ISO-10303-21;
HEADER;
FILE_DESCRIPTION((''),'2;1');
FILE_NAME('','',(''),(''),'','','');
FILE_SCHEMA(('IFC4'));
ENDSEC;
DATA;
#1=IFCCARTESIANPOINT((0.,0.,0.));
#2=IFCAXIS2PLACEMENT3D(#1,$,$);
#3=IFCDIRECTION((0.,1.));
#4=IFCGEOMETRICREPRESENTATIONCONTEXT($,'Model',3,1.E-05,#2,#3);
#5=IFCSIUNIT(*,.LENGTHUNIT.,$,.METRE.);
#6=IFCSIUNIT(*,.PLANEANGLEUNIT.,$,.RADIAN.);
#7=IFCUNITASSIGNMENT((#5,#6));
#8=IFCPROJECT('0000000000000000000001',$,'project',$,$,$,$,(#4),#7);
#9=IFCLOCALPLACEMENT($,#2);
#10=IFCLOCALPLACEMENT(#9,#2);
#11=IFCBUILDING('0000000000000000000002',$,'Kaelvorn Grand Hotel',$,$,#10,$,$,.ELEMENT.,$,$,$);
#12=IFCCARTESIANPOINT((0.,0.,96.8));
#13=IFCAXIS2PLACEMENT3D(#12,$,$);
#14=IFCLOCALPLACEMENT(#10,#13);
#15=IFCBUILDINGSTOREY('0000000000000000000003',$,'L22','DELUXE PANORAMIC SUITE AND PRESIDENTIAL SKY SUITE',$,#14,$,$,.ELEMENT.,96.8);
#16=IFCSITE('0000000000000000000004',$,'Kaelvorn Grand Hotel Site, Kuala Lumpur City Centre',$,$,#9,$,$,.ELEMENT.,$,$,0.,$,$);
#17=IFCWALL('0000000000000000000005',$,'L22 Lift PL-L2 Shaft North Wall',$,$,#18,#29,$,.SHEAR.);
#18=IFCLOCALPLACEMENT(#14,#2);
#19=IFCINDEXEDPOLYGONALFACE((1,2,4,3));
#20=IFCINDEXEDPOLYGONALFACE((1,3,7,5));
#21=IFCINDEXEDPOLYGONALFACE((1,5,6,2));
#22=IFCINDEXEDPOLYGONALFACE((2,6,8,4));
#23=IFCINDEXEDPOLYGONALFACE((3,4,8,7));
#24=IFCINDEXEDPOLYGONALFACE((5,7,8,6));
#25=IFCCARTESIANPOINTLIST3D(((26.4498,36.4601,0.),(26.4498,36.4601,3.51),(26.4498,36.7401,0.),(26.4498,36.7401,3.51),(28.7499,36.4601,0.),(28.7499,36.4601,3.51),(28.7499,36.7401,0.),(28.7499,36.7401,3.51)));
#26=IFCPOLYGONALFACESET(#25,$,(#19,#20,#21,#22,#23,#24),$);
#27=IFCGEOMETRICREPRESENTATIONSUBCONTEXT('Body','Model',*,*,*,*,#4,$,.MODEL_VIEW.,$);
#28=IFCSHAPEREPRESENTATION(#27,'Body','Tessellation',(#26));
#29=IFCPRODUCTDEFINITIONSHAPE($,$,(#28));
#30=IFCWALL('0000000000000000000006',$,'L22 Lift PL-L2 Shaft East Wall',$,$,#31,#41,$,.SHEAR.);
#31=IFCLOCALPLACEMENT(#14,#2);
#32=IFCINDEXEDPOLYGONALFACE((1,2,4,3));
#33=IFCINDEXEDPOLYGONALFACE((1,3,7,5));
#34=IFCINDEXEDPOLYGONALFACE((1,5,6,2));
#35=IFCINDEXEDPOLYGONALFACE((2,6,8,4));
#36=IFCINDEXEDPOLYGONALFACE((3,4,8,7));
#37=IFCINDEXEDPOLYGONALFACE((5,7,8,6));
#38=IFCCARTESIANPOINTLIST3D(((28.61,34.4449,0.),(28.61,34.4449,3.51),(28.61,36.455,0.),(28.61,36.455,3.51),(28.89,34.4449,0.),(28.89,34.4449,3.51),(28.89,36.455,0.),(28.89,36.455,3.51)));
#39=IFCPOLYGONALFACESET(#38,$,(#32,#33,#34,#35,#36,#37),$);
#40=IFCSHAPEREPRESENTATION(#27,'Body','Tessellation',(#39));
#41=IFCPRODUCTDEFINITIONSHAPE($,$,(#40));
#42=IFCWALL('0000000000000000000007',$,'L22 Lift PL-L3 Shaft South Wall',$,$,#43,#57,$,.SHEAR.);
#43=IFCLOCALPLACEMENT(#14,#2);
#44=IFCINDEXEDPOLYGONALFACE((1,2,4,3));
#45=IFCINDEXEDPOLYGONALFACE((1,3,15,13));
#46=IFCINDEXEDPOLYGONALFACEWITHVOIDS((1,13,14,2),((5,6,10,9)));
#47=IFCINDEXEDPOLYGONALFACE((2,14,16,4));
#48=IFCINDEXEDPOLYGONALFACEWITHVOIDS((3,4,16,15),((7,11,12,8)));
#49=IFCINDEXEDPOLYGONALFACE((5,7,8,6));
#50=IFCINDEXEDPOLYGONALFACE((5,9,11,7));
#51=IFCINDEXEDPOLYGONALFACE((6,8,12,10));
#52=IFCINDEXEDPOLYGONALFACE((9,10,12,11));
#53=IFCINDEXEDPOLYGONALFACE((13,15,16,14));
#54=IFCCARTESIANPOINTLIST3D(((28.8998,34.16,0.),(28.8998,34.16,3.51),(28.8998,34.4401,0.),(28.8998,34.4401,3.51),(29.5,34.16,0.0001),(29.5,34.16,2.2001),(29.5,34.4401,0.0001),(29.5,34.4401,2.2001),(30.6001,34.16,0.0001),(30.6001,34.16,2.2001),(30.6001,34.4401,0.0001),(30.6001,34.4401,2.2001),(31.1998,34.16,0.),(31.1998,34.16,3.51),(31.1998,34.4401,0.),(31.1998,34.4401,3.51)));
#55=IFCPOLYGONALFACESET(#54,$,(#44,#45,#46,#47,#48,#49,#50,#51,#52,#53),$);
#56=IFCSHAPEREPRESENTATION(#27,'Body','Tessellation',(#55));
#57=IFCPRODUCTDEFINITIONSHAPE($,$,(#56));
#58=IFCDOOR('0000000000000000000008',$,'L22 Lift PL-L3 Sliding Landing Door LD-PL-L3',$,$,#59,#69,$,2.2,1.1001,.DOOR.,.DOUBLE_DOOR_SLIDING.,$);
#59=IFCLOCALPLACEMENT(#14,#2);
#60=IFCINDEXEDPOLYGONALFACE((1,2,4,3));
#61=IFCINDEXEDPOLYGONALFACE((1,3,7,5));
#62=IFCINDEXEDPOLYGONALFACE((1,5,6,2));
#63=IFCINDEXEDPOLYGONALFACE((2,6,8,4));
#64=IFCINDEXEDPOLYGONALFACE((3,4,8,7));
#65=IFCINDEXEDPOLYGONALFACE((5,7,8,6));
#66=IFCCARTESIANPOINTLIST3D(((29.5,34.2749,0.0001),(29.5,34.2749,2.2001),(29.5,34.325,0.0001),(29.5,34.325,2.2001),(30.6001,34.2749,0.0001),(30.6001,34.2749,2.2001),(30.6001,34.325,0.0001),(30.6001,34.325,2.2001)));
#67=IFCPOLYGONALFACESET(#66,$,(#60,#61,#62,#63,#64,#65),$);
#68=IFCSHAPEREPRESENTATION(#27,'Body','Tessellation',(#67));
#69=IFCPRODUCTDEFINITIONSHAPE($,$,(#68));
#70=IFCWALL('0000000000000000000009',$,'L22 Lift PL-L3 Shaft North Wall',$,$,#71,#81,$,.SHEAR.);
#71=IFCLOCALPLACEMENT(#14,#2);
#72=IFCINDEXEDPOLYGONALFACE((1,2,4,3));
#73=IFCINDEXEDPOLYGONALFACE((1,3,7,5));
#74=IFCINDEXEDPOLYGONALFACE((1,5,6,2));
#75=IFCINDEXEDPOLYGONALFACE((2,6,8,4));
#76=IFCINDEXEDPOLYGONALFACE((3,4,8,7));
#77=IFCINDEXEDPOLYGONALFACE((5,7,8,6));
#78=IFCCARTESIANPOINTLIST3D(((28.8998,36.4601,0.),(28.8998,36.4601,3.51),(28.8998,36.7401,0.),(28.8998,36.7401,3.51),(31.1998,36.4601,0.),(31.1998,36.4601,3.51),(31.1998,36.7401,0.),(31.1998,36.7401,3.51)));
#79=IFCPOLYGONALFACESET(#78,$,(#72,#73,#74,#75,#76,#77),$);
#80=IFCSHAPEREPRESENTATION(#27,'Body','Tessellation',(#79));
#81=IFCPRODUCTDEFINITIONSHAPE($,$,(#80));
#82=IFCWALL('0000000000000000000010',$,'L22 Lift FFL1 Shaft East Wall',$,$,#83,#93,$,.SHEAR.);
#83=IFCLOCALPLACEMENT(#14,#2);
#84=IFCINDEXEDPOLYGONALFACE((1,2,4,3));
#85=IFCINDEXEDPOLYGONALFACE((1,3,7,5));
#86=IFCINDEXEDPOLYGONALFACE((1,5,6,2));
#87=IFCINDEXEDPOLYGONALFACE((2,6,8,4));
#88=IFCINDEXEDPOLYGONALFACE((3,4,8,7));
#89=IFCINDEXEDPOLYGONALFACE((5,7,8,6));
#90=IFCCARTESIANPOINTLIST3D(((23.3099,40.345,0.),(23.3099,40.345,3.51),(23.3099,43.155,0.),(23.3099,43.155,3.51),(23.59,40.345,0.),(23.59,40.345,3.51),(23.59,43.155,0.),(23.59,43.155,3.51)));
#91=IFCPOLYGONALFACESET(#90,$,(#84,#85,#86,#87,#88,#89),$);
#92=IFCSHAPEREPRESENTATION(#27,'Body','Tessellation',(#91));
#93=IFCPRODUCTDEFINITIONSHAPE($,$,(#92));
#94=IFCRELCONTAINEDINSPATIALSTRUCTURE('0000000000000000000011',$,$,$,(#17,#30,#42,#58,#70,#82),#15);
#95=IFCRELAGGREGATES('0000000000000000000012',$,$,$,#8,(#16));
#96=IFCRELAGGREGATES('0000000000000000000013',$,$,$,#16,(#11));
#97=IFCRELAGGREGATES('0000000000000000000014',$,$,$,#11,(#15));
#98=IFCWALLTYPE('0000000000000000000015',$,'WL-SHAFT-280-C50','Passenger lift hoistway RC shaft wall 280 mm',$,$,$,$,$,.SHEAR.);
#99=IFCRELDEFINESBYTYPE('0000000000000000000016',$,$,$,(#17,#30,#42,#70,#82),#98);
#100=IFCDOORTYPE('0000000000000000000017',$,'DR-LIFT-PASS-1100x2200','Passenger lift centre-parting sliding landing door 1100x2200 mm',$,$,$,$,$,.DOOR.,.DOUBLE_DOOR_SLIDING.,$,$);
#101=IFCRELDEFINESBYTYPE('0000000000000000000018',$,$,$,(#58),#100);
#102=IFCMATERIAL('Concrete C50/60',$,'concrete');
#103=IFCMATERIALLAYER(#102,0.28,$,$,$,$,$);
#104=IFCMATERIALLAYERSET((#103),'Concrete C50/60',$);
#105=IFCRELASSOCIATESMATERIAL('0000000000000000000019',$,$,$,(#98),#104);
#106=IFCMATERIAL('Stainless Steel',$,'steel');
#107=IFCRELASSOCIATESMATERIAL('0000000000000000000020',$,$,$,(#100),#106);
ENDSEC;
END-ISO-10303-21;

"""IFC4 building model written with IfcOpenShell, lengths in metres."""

from ifc_helpers import new_model, si_unit, direction, frame, frame_2d, origin, place, context, subcontext, project, spatial, rectangle, extrude, material, layer, layer_set, type_object, element, fill, save


model = new_model("IFC4")

# Units and contexts
model_context = context("Model", 3, precision=1e-05, world=origin(), true_north=direction((0.0, 1.0)))
body_context = subcontext(model_context, "Body", "Model", "MODEL_VIEW")
ifc_project = project(units=[si_unit("LENGTHUNIT", "METRE"), si_unit("PLANEANGLEUNIT", "RADIAN")], contexts=[model_context])

# Site, building, storey
site_placement = place(None, origin())
site = spatial("IfcSite", under=ifc_project, at=site_placement, Name="Kaelvorn Grand Hotel Site, Kuala Lumpur City Centre", CompositionType="ELEMENT", RefElevation=0.0)
building_placement = place(site_placement, origin())
building = spatial("IfcBuilding", under=site, at=building_placement, Name="Kaelvorn Grand Hotel", CompositionType="ELEMENT")
storey_placement = place(building_placement, frame((0.0, 0.0, 96.8)))
storey = spatial("IfcBuildingStorey", under=building, at=storey_placement, Name="L22", Description="DELUXE PANORAMIC SUITE AND PRESIDENTIAL SKY SUITE", CompositionType="ELEMENT", Elevation=96.8)

# Shared definitions
ifc_material_1 = material(Name="Concrete C50/60", Category="concrete")
ifc_layer_1 = layer(ifc_material_1, 0.28)
ifc_layer_set_1 = layer_set([ifc_layer_1], Name="Concrete C50/60")
wall_type_1 = type_object("IfcWallType", Name="WL-SHAFT-280-C50", Description="Passenger lift hoistway RC shaft wall 280 mm", PredefinedType="SHEAR", material=ifc_layer_set_1)
ifc_material_2 = material(Name="Stainless Steel", Category="steel")
door_type_1 = type_object("IfcDoorType", Name="DR-LIFT-PASS-1100x2200", Description="Passenger lift centre-parting sliding landing door 1100x2200 mm", OperationType="DOUBLE_DOOR_SLIDING", PredefinedType="DOOR", material=ifc_material_2)

# Walls
wall_1_placement = place(storey_placement, frame((26.45, 36.6001, 0.0), z_axis=(0.0, 0.0, 1.0), x_axis=(1.0, 0.0, 0.0)))
element("IfcWall", 1, at=wall_1_placement, inside=storey, type_object=wall_type_1, Name="L22 Lift PL-L2 Shaft North Wall", PredefinedType="SHEAR", context=body_context, shape_type="SweptSolid", body=[
    extrude(rectangle(XDim=2.3, YDim=0.28, at=frame_2d((1.1499, 0.0))), origin(), (0.0, 0.0, 1.0), 3.51),
])
wall_2_placement = place(storey_placement, frame((28.75, 34.4451, 0.0), z_axis=(0.0, 0.0, 1.0), x_axis=(0.0, 1.0, 0.0)))
element("IfcWall", 2, at=wall_2_placement, inside=storey, type_object=wall_type_1, Name="L22 Lift PL-L2 Shaft East Wall", PredefinedType="SHEAR", context=body_context, shape_type="SweptSolid", body=[
    extrude(rectangle(XDim=2.01, YDim=0.28, at=frame_2d((1.0049, 0.0))), origin(), (0.0, 0.0, 1.0), 3.51),
])

# Wall, opening, door
wall_3_placement = place(storey_placement, frame((28.8999, 34.3, 0.0), z_axis=(0.0, 0.0, 1.0), x_axis=(1.0, 0.0, 0.0)))
wall_3 = element("IfcWall", 3, at=wall_3_placement, inside=storey, type_object=wall_type_1, Name="L22 Lift PL-L3 Shaft South Wall", PredefinedType="SHEAR", context=body_context, shape_type="SweptSolid", body=[
    extrude(rectangle(XDim=2.3, YDim=0.28, at=frame_2d((1.1499, 0.0))), origin(), (0.0, 0.0, 1.0), 3.51),
])
opening_1_placement = place(wall_3_placement, frame((0.6001, 0.0, 0.0)))
opening_1 = element("IfcOpeningElement", 4, at=opening_1_placement, cuts=wall_3, PredefinedType="OPENING", context=body_context, shape_type="SweptSolid", body=[
    extrude(rectangle(XDim=1.1001, YDim=2.2, at=frame_2d((0.55, 1.1001))), frame((0.0, 0.1499, 0.0), z_axis=(0.0, -1.0, 0.0), x_axis=(1.0, 0.0, 0.0)), (0.0, 0.0, 1.0), 0.3),
])
door_1_placement = place(opening_1_placement, origin())
door_1 = element("IfcDoor", 5, at=door_1_placement, inside=storey, type_object=door_type_1, Name="L22 Lift PL-L3 Sliding Landing Door LD-PL-L3", OperationType="DOUBLE_DOOR_SLIDING", OverallHeight=2.2, OverallWidth=1.1001, PredefinedType="DOOR", context=body_context, shape_type="SweptSolid", body=[
    extrude(rectangle(XDim=1.1001, YDim=2.2, at=frame_2d((0.55, 1.1001))), frame((0.0, 0.0249, 0.0), z_axis=(0.0, -1.0, 0.0), x_axis=(1.0, 0.0, 0.0)), (0.0, 0.0, 1.0), 0.05),
])
fill(opening_1, door_1)

# Walls
wall_4_placement = place(storey_placement, frame((28.8999, 36.6001, 0.0), z_axis=(0.0, 0.0, 1.0), x_axis=(1.0, 0.0, 0.0)))
element("IfcWall", 6, at=wall_4_placement, inside=storey, type_object=wall_type_1, Name="L22 Lift PL-L3 Shaft North Wall", PredefinedType="SHEAR", context=body_context, shape_type="SweptSolid", body=[
    extrude(rectangle(XDim=2.3, YDim=0.28, at=frame_2d((1.1499, 0.0))), origin(), (0.0, 0.0, 1.0), 3.51),
])
wall_5_placement = place(storey_placement, frame((23.45, 40.345, 0.0), z_axis=(0.0, 0.0, 1.0), x_axis=(0.0, 1.0, 0.0)))
element("IfcWall", 7, at=wall_5_placement, inside=storey, type_object=wall_type_1, Name="L22 Lift FFL1 Shaft East Wall", PredefinedType="SHEAR", context=body_context, shape_type="SweptSolid", body=[
    extrude(rectangle(XDim=2.8101, YDim=0.28, at=frame_2d((1.405, 0.0))), origin(), (0.0, 0.0, 1.0), 3.51),
])

save(model, "model.ifc")
